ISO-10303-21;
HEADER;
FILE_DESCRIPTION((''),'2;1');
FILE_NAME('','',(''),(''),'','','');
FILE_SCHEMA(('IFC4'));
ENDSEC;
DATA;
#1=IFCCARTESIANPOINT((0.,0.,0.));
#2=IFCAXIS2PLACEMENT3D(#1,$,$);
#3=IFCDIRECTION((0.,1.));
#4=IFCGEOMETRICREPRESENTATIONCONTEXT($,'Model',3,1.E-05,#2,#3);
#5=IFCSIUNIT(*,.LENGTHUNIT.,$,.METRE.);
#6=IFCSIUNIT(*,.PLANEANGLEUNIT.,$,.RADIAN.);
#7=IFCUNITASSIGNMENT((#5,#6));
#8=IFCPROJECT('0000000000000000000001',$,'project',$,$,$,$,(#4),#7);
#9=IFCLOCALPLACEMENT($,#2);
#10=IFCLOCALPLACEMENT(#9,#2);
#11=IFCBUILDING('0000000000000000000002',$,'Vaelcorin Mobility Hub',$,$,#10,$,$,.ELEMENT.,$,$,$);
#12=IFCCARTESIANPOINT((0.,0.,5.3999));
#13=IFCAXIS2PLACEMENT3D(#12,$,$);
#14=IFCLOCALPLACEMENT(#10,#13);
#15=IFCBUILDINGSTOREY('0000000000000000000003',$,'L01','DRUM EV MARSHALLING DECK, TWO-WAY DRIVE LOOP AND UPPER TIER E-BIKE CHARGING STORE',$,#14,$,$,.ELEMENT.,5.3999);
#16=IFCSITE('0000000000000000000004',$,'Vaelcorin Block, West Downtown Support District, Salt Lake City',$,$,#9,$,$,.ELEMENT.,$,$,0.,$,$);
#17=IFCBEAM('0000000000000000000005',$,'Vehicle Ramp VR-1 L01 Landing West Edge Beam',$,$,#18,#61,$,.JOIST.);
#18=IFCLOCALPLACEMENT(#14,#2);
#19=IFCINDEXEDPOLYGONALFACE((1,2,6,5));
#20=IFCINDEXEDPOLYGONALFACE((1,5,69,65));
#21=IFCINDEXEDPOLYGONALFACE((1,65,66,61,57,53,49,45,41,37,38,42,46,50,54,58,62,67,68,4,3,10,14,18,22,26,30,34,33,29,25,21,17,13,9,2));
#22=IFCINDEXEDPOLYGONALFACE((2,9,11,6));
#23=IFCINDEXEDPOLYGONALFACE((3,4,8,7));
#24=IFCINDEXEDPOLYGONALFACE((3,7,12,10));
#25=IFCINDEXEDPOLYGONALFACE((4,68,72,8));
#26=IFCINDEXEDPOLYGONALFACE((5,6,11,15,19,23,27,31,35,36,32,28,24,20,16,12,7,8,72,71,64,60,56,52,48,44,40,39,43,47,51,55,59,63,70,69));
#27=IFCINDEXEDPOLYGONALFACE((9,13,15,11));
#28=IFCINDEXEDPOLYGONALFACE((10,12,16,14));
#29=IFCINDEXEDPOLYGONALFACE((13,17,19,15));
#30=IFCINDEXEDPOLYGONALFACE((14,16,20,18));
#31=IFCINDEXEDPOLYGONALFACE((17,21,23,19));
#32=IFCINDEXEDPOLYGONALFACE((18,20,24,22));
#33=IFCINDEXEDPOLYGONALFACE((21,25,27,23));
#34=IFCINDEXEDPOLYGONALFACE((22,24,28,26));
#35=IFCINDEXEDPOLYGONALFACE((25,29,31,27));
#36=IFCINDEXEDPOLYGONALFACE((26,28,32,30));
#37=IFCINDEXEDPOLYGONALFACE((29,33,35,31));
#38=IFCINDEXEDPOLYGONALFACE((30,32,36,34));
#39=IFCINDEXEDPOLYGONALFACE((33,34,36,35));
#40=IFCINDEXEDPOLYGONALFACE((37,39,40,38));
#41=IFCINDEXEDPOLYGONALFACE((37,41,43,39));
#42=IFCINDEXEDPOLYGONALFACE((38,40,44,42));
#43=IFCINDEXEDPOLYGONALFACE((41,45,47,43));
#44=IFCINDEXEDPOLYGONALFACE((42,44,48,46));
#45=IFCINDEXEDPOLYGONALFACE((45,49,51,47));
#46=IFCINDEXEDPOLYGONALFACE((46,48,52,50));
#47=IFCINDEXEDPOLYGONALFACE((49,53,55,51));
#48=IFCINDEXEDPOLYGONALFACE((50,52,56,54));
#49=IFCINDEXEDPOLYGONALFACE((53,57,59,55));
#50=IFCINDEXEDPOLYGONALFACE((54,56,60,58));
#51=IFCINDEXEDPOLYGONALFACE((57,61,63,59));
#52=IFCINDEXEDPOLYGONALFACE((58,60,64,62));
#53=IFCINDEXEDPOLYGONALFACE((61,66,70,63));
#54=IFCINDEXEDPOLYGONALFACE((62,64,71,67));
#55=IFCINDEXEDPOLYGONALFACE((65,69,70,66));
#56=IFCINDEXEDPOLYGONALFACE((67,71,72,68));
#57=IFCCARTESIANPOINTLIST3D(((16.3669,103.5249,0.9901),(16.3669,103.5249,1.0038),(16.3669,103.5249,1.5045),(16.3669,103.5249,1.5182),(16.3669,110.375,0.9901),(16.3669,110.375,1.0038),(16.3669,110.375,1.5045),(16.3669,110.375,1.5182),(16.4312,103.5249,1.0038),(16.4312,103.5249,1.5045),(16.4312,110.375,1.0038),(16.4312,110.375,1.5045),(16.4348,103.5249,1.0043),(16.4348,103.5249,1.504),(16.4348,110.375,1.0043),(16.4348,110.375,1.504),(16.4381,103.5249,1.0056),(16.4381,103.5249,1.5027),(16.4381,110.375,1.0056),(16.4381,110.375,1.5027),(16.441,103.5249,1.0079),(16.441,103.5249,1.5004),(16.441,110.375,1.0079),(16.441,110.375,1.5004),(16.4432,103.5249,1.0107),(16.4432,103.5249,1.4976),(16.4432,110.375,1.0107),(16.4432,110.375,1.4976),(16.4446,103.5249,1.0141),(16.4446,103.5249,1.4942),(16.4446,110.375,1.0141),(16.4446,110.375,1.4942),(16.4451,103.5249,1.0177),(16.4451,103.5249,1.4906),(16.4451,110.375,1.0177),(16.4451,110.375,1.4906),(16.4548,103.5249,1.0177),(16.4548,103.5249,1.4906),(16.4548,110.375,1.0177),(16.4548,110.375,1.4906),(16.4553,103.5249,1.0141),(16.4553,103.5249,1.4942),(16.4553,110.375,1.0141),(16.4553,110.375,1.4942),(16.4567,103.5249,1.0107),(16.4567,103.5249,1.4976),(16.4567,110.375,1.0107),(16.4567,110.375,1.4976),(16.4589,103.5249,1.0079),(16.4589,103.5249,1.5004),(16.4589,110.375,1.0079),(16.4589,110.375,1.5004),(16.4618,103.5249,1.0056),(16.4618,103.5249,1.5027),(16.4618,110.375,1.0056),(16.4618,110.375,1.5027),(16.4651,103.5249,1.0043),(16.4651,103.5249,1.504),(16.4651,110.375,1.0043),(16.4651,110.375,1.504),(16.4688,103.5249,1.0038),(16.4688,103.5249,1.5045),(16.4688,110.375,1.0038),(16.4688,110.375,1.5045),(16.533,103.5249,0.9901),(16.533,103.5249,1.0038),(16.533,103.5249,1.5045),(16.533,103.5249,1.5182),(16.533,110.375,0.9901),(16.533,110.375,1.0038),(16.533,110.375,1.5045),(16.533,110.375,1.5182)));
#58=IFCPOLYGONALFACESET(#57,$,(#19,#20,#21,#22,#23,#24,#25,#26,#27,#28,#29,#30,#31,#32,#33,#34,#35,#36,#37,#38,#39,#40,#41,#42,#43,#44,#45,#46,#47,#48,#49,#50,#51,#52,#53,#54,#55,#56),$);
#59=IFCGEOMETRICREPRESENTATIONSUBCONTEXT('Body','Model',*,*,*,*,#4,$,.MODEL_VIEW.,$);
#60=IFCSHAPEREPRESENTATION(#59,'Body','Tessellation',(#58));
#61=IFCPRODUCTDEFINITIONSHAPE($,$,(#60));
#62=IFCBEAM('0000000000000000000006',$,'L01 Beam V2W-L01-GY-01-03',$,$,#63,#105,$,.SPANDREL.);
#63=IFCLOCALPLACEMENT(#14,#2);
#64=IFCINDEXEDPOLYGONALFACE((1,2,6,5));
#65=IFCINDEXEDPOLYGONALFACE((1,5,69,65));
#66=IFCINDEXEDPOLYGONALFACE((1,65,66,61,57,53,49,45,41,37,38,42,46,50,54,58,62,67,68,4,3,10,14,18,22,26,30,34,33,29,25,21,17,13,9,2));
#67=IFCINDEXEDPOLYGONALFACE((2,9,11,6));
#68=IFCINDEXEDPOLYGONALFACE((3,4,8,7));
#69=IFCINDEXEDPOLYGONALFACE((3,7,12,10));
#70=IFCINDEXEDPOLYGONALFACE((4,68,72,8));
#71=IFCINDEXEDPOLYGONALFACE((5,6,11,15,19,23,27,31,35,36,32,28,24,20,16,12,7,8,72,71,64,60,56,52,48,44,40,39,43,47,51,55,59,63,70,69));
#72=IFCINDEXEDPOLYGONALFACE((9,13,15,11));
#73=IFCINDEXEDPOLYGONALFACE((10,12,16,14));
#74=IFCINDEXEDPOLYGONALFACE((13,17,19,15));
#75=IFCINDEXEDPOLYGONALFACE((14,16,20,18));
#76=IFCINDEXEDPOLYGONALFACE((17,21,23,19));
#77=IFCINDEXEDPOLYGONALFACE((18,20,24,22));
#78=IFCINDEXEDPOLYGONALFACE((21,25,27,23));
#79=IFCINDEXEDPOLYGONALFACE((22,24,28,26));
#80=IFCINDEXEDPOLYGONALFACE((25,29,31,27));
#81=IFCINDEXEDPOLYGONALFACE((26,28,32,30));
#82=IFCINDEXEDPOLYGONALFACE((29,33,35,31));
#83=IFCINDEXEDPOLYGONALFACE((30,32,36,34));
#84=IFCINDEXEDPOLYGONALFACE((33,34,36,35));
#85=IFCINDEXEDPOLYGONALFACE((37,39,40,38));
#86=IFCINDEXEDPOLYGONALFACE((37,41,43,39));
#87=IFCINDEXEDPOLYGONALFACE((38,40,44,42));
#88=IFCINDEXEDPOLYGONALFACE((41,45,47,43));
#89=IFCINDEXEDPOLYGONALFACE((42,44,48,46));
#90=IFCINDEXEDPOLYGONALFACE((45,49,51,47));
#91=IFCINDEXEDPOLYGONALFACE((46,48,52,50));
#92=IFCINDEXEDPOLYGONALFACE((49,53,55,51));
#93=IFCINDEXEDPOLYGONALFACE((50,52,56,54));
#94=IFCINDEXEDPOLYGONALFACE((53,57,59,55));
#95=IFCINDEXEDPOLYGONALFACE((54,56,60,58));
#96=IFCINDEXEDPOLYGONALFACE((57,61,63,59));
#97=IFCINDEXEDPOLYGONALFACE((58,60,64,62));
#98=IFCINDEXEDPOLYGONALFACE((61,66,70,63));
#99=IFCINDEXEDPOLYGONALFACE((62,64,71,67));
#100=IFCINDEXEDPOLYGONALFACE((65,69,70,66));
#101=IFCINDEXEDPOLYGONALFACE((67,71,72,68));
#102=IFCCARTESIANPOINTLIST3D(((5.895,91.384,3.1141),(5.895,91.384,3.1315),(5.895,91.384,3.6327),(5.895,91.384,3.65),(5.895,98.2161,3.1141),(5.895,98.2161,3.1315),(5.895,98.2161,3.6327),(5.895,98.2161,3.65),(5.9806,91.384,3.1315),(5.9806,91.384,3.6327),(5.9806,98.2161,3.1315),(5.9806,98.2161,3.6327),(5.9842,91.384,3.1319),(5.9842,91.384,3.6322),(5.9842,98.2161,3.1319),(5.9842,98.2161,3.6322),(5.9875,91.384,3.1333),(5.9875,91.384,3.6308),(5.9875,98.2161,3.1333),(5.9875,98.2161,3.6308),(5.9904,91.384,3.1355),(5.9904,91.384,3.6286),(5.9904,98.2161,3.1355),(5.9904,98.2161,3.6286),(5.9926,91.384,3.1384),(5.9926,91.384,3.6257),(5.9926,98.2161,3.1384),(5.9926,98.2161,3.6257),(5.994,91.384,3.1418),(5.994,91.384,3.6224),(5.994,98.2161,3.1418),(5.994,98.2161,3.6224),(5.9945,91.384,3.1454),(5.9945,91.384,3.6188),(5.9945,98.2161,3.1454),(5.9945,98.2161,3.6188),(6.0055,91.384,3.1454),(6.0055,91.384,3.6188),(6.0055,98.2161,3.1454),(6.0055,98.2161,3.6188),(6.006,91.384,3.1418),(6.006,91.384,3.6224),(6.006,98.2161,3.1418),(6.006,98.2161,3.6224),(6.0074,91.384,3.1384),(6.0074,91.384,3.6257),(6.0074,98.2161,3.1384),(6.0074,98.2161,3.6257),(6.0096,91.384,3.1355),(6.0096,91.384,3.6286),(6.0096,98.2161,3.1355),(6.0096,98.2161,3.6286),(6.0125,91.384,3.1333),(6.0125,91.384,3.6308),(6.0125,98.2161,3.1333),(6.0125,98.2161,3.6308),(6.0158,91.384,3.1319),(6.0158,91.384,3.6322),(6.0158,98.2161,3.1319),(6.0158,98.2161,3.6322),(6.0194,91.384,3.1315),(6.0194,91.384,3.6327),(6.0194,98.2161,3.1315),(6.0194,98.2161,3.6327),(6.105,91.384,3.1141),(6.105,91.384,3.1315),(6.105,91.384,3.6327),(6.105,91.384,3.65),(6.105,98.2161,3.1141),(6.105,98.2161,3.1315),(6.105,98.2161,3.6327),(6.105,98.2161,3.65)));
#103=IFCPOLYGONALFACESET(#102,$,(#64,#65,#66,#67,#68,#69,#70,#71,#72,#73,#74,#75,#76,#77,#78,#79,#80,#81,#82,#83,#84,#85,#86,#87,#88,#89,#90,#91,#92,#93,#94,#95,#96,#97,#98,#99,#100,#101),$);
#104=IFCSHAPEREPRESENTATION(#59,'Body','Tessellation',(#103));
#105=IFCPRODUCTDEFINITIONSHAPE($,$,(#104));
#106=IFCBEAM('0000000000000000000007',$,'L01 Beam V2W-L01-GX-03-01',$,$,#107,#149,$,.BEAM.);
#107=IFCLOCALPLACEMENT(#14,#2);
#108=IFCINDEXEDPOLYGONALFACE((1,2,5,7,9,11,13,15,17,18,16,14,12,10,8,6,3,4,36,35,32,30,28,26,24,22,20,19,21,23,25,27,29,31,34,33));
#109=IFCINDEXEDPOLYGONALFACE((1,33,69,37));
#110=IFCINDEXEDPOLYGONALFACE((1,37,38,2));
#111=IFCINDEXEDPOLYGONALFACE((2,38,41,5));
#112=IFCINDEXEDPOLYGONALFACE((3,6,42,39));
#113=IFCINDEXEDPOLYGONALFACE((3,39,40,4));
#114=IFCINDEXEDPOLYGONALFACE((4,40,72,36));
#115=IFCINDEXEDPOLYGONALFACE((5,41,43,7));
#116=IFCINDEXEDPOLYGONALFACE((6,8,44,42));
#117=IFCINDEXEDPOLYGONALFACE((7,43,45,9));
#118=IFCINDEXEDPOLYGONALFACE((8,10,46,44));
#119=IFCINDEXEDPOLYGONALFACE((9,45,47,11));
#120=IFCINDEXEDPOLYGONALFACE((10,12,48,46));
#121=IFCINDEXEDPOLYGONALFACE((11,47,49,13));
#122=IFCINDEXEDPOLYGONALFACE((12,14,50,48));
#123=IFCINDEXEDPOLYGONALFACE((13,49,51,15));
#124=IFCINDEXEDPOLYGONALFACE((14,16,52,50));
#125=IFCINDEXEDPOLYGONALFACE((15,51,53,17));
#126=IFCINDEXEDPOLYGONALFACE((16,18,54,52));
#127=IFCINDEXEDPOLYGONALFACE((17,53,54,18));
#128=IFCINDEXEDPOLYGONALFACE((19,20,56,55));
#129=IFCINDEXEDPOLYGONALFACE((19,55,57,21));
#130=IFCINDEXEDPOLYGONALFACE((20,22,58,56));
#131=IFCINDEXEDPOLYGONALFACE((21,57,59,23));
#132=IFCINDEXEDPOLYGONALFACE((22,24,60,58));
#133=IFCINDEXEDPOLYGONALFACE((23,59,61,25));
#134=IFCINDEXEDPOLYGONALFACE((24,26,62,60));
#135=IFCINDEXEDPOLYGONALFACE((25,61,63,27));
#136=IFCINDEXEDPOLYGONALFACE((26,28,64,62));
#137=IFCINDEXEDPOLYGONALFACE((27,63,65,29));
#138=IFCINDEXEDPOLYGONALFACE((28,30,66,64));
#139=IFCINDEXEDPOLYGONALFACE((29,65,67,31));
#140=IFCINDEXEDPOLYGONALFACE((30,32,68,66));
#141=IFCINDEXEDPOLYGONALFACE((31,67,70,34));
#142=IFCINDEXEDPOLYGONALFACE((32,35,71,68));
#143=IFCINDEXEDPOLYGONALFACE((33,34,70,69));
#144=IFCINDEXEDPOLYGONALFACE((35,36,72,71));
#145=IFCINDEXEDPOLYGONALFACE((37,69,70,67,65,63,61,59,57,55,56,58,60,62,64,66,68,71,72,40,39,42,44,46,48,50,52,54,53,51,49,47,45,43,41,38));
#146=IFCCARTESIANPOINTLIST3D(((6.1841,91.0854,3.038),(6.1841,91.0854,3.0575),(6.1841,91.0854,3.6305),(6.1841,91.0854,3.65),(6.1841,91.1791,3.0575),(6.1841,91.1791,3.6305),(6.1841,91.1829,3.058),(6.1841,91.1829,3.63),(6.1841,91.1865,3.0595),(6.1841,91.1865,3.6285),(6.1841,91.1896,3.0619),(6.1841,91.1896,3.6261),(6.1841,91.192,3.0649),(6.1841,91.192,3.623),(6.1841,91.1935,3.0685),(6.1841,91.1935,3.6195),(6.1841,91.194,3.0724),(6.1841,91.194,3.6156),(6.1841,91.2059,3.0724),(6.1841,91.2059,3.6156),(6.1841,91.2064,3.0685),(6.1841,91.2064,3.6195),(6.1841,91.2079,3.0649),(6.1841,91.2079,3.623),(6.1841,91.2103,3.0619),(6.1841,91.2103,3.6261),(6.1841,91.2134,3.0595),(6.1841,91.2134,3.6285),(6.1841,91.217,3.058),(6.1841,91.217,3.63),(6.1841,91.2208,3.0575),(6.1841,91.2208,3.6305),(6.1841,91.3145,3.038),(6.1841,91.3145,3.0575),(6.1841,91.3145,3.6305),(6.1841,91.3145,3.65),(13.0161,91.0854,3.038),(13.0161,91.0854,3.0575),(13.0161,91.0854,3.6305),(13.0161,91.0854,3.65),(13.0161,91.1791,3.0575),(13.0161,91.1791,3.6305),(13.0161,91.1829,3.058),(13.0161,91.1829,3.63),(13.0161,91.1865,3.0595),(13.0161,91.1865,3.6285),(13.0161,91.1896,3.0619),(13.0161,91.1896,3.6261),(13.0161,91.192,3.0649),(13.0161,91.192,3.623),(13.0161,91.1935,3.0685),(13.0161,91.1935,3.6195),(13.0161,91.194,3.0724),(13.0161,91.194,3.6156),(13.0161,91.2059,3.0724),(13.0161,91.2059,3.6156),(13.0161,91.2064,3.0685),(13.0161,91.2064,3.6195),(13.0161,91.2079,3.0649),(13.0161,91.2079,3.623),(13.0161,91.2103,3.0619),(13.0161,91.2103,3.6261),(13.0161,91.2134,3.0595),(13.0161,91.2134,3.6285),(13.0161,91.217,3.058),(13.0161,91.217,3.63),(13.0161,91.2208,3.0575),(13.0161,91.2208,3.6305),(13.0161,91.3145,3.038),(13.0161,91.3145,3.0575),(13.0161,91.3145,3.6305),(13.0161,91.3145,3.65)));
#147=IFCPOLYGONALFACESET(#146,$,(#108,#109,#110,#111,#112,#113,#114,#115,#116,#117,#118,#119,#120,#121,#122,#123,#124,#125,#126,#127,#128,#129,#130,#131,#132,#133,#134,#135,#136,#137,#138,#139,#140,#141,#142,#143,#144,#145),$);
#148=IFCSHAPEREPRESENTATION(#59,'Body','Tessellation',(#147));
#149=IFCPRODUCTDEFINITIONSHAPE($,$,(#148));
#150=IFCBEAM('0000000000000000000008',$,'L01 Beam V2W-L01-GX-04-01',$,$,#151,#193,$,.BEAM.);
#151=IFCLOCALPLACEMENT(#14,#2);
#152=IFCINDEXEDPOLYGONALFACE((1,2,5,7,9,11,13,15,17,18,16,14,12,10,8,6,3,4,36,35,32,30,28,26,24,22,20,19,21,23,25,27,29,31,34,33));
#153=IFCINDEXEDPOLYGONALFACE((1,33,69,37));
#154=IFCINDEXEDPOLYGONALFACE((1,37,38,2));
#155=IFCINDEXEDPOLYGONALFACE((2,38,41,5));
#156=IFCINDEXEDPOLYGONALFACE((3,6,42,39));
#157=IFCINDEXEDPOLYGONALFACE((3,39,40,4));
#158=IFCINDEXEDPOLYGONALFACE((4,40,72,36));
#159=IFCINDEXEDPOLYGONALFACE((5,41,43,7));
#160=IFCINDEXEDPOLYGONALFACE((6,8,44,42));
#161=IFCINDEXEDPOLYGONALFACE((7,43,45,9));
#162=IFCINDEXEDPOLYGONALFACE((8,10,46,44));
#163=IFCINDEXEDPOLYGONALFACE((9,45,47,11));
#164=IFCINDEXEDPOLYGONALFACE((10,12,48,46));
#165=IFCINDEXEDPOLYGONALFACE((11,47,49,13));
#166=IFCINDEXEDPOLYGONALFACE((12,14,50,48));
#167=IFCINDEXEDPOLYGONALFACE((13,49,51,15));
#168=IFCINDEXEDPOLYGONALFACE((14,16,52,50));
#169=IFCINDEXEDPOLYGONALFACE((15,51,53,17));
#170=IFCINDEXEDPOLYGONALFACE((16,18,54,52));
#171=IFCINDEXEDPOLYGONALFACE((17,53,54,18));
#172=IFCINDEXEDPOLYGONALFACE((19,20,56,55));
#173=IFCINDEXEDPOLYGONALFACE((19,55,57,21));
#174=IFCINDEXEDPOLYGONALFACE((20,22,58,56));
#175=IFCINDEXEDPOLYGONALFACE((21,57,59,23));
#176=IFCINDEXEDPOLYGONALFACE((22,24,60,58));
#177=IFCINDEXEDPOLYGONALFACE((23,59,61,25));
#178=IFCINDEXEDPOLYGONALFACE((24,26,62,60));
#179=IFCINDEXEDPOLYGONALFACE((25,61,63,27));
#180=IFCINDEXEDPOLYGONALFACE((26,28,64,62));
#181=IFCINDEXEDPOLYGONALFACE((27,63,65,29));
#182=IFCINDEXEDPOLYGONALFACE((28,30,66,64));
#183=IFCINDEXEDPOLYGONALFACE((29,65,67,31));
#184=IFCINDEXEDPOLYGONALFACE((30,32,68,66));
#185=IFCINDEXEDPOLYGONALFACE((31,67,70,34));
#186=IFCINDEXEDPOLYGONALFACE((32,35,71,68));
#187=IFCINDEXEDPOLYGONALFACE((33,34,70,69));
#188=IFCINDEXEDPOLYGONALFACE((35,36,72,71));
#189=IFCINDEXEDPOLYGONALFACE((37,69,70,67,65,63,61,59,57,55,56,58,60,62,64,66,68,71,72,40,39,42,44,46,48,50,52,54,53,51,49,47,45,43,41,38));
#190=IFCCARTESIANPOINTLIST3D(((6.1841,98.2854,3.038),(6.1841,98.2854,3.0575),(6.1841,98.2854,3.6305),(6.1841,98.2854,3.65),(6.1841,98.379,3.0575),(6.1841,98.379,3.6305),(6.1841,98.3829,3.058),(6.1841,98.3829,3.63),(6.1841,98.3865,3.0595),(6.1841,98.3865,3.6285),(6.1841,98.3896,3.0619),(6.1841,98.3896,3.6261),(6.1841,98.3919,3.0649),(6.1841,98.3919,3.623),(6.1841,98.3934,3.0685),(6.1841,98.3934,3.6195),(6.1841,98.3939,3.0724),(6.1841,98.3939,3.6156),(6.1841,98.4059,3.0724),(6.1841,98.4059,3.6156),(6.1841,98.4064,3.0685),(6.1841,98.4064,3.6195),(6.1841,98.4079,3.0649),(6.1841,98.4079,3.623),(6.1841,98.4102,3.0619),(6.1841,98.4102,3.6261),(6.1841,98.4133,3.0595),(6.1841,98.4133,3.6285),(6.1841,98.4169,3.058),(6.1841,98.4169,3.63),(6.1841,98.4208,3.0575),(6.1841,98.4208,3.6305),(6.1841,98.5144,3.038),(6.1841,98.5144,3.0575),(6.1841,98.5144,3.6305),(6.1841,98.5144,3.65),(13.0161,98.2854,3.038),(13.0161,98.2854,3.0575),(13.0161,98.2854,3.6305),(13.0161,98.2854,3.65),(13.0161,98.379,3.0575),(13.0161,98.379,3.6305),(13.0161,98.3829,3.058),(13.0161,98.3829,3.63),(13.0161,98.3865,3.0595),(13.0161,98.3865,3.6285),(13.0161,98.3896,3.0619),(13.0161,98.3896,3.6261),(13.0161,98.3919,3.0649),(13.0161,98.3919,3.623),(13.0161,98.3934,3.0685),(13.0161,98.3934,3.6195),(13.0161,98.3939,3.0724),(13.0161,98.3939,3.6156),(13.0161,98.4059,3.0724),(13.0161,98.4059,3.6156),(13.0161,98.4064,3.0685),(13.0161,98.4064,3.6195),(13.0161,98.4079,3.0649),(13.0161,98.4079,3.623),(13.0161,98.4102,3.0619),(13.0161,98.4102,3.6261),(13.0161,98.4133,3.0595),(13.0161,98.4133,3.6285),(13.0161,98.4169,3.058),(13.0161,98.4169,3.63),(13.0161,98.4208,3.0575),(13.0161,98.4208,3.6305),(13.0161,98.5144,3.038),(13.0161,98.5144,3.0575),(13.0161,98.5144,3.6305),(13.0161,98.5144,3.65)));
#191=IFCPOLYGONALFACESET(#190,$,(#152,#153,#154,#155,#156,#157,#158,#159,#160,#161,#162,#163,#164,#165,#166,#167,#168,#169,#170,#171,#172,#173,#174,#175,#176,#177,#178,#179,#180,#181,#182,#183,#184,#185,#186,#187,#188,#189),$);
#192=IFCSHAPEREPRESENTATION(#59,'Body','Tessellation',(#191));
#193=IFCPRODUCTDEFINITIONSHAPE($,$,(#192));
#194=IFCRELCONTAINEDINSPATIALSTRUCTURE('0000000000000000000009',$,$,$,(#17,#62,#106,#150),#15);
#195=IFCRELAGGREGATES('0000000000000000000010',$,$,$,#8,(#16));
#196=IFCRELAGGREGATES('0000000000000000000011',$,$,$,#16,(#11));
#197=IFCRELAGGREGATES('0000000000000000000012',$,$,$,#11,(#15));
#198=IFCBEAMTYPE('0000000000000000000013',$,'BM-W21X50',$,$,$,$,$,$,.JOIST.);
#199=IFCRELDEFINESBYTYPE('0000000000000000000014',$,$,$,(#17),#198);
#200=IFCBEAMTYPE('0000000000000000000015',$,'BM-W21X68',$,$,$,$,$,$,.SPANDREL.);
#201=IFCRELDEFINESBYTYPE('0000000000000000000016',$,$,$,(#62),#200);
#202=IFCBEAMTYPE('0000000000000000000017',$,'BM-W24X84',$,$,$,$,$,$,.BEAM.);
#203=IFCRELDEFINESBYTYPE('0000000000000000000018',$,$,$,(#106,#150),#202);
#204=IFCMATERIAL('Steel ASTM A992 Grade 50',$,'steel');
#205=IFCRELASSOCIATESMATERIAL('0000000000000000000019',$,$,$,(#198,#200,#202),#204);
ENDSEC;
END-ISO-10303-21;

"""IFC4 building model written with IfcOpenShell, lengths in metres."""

from ifc_helpers import new_model, si_unit, direction, frame, origin, origin_2d, place, context, subcontext, project, spatial, i_section, extrude, material, material_profile, profile_set, type_object, element, save


model = new_model("IFC4")

# Units and contexts
model_context = context("Model", 3, precision=1e-05, world=origin(), true_north=direction((0.0, 1.0)))
body_context = subcontext(model_context, "Body", "Model", "MODEL_VIEW")
ifc_project = project(units=[si_unit("LENGTHUNIT", "METRE"), si_unit("PLANEANGLEUNIT", "RADIAN")], contexts=[model_context])

# Site, building, storey
site_placement = place(None, origin())
site = spatial("IfcSite", under=ifc_project, at=site_placement, Name="Vaelcorin Block, West Downtown Support District, Salt Lake City", CompositionType="ELEMENT", RefElevation=0.0)
building_placement = place(site_placement, origin())
building = spatial("IfcBuilding", under=site, at=building_placement, Name="Vaelcorin Mobility Hub", CompositionType="ELEMENT")
storey_placement = place(building_placement, frame((0.0, 0.0, 5.3999)))
storey = spatial("IfcBuildingStorey", under=building, at=storey_placement, Name="L01", Description="DRUM EV MARSHALLING DECK, TWO-WAY DRIVE LOOP AND UPPER TIER E-BIKE CHARGING STORE", CompositionType="ELEMENT", Elevation=5.3999)

# Shared definitions
ifc_material_1 = material(Name="Steel ASTM A992 Grade 50", Category="steel")

# Beams
ifc_material_profile_1 = material_profile(ifc_material_1, i_section(OverallWidth=0.166, OverallDepth=0.5281, WebThickness=0.0098, FlangeThickness=0.0137, FilletRadius=0.0139, at=origin_2d()), Name="W21X50")
ifc_profile_set_1 = profile_set([ifc_material_profile_1], Name="Steel ASTM A992 Grade 50")
beam_type_1 = type_object("IfcBeamType", Name="BM-W21X50", PredefinedType="JOIST", material=ifc_profile_set_1)
beam_1_placement = place(storey_placement, frame((16.45, 103.5249, 1.2542), z_axis=(0.0, 1.0, 0.0), x_axis=(-1.0, 0.0, 0.0)))
element("IfcBeam", 1, at=beam_1_placement, inside=storey, type_object=beam_type_1, Name="Vehicle Ramp VR-1 L01 Landing West Edge Beam", PredefinedType="JOIST", context=body_context, shape_type="SweptSolid", body=[
    extrude(i_section(OverallWidth=0.166, OverallDepth=0.5281, WebThickness=0.0098, FlangeThickness=0.0137, FilletRadius=0.0139, at=origin_2d()), origin(), (0.0, 0.0, 1.0), 6.8501),
])
ifc_material_profile_2 = material_profile(ifc_material_1, i_section(OverallWidth=0.21, OverallDepth=0.5359, WebThickness=0.011, FlangeThickness=0.0173, FilletRadius=0.0139, at=origin_2d()), Name="W21X68")
ifc_profile_set_2 = profile_set([ifc_material_profile_2], Name="Steel ASTM A992 Grade 50")
beam_type_2 = type_object("IfcBeamType", Name="BM-W21X68", PredefinedType="SPANDREL", material=ifc_profile_set_2)
beam_2_placement = place(storey_placement, frame((6.0, 91.384, 3.3821), z_axis=(0.0, 1.0, 0.0), x_axis=(-1.0, 0.0, 0.0)))
element("IfcBeam", 2, at=beam_2_placement, inside=storey, type_object=beam_type_2, Name="L01 Beam V2W-L01-GY-01-03", PredefinedType="SPANDREL", context=body_context, shape_type="SweptSolid", body=[
    extrude(i_section(OverallWidth=0.21, OverallDepth=0.5359, WebThickness=0.011, FlangeThickness=0.0173, FilletRadius=0.0139, at=origin_2d()), origin(), (0.0, 0.0, 1.0), 6.832),
])
ifc_material_profile_3 = material_profile(ifc_material_1, i_section(OverallWidth=0.229, OverallDepth=0.6121, WebThickness=0.012, FlangeThickness=0.0195, FilletRadius=0.0149, at=origin_2d()), Name="W24X84")
ifc_profile_set_3 = profile_set([ifc_material_profile_3], Name="Steel ASTM A992 Grade 50")
beam_type_3 = type_object("IfcBeamType", Name="BM-W24X84", PredefinedType="BEAM", material=ifc_profile_set_3)
for number, where, z_axis, x_axis, name in (
    (3, (6.1841, 91.2, 3.344), (1.0, 0.0, 0.0), (0.0, 1.0, 0.0), "L01 Beam V2W-L01-GX-03-01"),
    (4, (6.1841, 98.3999, 3.344), (1.0, 0.0, 0.0), (0.0, 1.0, 0.0), "L01 Beam V2W-L01-GX-04-01"),
):
    element("IfcBeam", number, at=place(storey_placement, frame(where, z_axis=z_axis, x_axis=x_axis)), inside=storey, type_object=beam_type_3, Name=name, PredefinedType="BEAM", context=body_context, shape_type="SweptSolid", body=[
        extrude(i_section(OverallWidth=0.229, OverallDepth=0.6121, WebThickness=0.012, FlangeThickness=0.0195, FilletRadius=0.0149, at=origin_2d()), origin(), (0.0, 0.0, 1.0), 6.832),
    ])

save(model, "model.ifc")
